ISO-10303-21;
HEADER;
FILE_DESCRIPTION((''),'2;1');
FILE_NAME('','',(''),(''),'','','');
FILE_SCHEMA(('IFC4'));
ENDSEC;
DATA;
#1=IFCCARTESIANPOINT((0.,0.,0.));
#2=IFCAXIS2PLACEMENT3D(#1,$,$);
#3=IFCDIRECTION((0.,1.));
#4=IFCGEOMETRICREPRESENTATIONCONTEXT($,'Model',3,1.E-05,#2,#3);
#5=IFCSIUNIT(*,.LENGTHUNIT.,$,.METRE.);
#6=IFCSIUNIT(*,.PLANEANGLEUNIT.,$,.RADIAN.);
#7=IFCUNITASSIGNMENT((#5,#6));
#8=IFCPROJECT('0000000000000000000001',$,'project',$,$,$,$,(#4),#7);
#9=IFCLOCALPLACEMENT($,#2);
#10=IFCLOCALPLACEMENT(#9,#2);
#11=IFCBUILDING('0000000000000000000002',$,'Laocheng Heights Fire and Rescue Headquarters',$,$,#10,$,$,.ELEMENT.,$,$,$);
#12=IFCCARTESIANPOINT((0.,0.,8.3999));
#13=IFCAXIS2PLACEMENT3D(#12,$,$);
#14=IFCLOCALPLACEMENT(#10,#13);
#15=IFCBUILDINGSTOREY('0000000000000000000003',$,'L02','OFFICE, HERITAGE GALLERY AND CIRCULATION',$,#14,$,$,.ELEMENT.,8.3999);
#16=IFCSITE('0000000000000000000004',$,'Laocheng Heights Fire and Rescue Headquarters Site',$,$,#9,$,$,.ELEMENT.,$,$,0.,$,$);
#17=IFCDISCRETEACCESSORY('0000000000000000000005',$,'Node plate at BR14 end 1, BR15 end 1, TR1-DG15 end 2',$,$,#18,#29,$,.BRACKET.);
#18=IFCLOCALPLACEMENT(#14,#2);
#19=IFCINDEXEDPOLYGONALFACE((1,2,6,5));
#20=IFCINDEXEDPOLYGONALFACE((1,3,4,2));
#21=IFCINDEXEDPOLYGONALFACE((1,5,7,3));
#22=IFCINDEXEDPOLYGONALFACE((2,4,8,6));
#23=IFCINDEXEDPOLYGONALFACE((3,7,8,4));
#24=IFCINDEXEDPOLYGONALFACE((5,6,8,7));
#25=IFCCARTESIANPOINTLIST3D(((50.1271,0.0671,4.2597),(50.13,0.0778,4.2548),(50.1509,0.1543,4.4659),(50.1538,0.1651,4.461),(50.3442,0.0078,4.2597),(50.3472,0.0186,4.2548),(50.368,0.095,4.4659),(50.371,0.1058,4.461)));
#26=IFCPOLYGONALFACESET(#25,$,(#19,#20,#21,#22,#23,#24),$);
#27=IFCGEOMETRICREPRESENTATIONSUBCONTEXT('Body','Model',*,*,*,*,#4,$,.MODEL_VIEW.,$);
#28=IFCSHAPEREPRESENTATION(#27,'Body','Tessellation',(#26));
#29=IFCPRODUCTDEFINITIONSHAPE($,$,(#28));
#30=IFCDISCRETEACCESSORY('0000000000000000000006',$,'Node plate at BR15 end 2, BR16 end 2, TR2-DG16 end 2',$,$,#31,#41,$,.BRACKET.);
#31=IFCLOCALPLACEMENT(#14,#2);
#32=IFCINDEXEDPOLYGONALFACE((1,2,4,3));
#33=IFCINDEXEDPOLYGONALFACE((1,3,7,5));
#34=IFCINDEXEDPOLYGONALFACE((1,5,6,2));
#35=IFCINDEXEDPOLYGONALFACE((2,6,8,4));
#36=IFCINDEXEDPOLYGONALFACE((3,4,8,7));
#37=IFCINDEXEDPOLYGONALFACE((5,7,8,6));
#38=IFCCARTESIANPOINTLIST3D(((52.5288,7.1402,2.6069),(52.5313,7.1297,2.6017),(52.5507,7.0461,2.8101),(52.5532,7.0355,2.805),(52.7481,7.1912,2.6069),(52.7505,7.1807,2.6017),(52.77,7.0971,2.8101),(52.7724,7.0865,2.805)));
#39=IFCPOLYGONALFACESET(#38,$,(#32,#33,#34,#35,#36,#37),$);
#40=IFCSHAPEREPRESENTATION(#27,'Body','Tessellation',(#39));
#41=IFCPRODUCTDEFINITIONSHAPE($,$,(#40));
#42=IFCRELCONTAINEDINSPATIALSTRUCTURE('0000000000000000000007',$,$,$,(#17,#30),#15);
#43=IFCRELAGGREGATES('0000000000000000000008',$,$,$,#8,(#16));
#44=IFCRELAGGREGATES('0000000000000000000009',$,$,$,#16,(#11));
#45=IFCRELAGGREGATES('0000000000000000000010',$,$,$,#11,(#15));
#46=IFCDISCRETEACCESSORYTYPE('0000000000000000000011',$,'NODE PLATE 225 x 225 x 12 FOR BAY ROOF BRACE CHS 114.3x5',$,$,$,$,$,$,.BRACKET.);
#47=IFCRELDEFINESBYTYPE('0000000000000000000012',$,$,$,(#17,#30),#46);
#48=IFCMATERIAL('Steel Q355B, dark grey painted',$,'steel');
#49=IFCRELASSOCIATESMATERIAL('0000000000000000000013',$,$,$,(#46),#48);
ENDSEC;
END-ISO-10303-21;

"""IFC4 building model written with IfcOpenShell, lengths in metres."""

from ifc_helpers import new_model, si_unit, direction, frame, origin, origin_2d, place, context, subcontext, project, spatial, rectangle, extrude, material, material_profile, profile_set, type_object, element, save


model = new_model("IFC4")

# Units and contexts
model_context = context("Model", 3, precision=1e-05, world=origin(), true_north=direction((0.0, 1.0)))
body_context = subcontext(model_context, "Body", "Model", "MODEL_VIEW")
ifc_project = project(units=[si_unit("LENGTHUNIT", "METRE"), si_unit("PLANEANGLEUNIT", "RADIAN")], contexts=[model_context])

# Site, building, storey
site_placement = place(None, origin())
site = spatial("IfcSite", under=ifc_project, at=site_placement, Name="Laocheng Heights Fire and Rescue Headquarters Site", CompositionType="ELEMENT", RefElevation=0.0)
building_placement = place(site_placement, origin())
building = spatial("IfcBuilding", under=site, at=building_placement, Name="Laocheng Heights Fire and Rescue Headquarters", CompositionType="ELEMENT")
storey_placement = place(building_placement, frame((0.0, 0.0, 8.3999)))
storey = spatial("IfcBuildingStorey", under=building, at=storey_placement, Name="L02", Description="OFFICE, HERITAGE GALLERY AND CIRCULATION", CompositionType="ELEMENT", Elevation=8.3999)

# Discrete accessories
ifc_material_1 = material(Name="Steel Q355B, dark grey painted", Category="steel")
ifc_material_profile_1 = material_profile(ifc_material_1, rectangle(XDim=0.2251, YDim=0.2251, at=origin_2d()), Name="NODE PLATE 225 x 225 x 12 FOR BAY ROOF BRACE CHS 114.3x5")
ifc_profile_set_1 = profile_set([ifc_material_profile_1], Name="Steel Q355B, dark grey painted")
discrete_accessory_type_1 = type_object("IfcDiscreteAccessoryType", Name="NODE PLATE 225 x 225 x 12 FOR BAY ROOF BRACE CHS 114.3x5", PredefinedType="BRACKET", material=ifc_profile_set_1)
discrete_accessory_1_placement = place(storey_placement, frame((50.2476, 0.0811, 4.3628), z_axis=(0.240966, 0.883541, -0.40161), x_axis=(-0.964764, 0.263117, 0.0)))
element("IfcDiscreteAccessory", 1, at=discrete_accessory_1_placement, inside=storey, type_object=discrete_accessory_type_1, Name="Node plate at BR14 end 1, BR15 end 1, TR1-DG15 end 2", PredefinedType="BRACKET", context=body_context, shape_type="SweptSolid", body=[
    extrude(rectangle(XDim=0.2251, YDim=0.2251, at=origin_2d()), origin(), (0.0, 0.0, 1.0), 0.0122),
])
discrete_accessory_2_placement = place(storey_placement, frame((52.6494, 7.1187, 2.7085), z_axis=(0.204551, -0.879568, -0.429557), x_axis=(0.974008, 0.226513, 0.0)))
element("IfcDiscreteAccessory", 2, at=discrete_accessory_2_placement, inside=storey, type_object=discrete_accessory_type_1, Name="Node plate at BR15 end 2, BR16 end 2, TR2-DG16 end 2", PredefinedType="BRACKET", context=body_context, shape_type="SweptSolid", body=[
    extrude(rectangle(XDim=0.2251, YDim=0.2251, at=origin_2d()), origin(), (0.0, 0.0, 1.0), 0.012),
])

save(model, "model.ifc")
